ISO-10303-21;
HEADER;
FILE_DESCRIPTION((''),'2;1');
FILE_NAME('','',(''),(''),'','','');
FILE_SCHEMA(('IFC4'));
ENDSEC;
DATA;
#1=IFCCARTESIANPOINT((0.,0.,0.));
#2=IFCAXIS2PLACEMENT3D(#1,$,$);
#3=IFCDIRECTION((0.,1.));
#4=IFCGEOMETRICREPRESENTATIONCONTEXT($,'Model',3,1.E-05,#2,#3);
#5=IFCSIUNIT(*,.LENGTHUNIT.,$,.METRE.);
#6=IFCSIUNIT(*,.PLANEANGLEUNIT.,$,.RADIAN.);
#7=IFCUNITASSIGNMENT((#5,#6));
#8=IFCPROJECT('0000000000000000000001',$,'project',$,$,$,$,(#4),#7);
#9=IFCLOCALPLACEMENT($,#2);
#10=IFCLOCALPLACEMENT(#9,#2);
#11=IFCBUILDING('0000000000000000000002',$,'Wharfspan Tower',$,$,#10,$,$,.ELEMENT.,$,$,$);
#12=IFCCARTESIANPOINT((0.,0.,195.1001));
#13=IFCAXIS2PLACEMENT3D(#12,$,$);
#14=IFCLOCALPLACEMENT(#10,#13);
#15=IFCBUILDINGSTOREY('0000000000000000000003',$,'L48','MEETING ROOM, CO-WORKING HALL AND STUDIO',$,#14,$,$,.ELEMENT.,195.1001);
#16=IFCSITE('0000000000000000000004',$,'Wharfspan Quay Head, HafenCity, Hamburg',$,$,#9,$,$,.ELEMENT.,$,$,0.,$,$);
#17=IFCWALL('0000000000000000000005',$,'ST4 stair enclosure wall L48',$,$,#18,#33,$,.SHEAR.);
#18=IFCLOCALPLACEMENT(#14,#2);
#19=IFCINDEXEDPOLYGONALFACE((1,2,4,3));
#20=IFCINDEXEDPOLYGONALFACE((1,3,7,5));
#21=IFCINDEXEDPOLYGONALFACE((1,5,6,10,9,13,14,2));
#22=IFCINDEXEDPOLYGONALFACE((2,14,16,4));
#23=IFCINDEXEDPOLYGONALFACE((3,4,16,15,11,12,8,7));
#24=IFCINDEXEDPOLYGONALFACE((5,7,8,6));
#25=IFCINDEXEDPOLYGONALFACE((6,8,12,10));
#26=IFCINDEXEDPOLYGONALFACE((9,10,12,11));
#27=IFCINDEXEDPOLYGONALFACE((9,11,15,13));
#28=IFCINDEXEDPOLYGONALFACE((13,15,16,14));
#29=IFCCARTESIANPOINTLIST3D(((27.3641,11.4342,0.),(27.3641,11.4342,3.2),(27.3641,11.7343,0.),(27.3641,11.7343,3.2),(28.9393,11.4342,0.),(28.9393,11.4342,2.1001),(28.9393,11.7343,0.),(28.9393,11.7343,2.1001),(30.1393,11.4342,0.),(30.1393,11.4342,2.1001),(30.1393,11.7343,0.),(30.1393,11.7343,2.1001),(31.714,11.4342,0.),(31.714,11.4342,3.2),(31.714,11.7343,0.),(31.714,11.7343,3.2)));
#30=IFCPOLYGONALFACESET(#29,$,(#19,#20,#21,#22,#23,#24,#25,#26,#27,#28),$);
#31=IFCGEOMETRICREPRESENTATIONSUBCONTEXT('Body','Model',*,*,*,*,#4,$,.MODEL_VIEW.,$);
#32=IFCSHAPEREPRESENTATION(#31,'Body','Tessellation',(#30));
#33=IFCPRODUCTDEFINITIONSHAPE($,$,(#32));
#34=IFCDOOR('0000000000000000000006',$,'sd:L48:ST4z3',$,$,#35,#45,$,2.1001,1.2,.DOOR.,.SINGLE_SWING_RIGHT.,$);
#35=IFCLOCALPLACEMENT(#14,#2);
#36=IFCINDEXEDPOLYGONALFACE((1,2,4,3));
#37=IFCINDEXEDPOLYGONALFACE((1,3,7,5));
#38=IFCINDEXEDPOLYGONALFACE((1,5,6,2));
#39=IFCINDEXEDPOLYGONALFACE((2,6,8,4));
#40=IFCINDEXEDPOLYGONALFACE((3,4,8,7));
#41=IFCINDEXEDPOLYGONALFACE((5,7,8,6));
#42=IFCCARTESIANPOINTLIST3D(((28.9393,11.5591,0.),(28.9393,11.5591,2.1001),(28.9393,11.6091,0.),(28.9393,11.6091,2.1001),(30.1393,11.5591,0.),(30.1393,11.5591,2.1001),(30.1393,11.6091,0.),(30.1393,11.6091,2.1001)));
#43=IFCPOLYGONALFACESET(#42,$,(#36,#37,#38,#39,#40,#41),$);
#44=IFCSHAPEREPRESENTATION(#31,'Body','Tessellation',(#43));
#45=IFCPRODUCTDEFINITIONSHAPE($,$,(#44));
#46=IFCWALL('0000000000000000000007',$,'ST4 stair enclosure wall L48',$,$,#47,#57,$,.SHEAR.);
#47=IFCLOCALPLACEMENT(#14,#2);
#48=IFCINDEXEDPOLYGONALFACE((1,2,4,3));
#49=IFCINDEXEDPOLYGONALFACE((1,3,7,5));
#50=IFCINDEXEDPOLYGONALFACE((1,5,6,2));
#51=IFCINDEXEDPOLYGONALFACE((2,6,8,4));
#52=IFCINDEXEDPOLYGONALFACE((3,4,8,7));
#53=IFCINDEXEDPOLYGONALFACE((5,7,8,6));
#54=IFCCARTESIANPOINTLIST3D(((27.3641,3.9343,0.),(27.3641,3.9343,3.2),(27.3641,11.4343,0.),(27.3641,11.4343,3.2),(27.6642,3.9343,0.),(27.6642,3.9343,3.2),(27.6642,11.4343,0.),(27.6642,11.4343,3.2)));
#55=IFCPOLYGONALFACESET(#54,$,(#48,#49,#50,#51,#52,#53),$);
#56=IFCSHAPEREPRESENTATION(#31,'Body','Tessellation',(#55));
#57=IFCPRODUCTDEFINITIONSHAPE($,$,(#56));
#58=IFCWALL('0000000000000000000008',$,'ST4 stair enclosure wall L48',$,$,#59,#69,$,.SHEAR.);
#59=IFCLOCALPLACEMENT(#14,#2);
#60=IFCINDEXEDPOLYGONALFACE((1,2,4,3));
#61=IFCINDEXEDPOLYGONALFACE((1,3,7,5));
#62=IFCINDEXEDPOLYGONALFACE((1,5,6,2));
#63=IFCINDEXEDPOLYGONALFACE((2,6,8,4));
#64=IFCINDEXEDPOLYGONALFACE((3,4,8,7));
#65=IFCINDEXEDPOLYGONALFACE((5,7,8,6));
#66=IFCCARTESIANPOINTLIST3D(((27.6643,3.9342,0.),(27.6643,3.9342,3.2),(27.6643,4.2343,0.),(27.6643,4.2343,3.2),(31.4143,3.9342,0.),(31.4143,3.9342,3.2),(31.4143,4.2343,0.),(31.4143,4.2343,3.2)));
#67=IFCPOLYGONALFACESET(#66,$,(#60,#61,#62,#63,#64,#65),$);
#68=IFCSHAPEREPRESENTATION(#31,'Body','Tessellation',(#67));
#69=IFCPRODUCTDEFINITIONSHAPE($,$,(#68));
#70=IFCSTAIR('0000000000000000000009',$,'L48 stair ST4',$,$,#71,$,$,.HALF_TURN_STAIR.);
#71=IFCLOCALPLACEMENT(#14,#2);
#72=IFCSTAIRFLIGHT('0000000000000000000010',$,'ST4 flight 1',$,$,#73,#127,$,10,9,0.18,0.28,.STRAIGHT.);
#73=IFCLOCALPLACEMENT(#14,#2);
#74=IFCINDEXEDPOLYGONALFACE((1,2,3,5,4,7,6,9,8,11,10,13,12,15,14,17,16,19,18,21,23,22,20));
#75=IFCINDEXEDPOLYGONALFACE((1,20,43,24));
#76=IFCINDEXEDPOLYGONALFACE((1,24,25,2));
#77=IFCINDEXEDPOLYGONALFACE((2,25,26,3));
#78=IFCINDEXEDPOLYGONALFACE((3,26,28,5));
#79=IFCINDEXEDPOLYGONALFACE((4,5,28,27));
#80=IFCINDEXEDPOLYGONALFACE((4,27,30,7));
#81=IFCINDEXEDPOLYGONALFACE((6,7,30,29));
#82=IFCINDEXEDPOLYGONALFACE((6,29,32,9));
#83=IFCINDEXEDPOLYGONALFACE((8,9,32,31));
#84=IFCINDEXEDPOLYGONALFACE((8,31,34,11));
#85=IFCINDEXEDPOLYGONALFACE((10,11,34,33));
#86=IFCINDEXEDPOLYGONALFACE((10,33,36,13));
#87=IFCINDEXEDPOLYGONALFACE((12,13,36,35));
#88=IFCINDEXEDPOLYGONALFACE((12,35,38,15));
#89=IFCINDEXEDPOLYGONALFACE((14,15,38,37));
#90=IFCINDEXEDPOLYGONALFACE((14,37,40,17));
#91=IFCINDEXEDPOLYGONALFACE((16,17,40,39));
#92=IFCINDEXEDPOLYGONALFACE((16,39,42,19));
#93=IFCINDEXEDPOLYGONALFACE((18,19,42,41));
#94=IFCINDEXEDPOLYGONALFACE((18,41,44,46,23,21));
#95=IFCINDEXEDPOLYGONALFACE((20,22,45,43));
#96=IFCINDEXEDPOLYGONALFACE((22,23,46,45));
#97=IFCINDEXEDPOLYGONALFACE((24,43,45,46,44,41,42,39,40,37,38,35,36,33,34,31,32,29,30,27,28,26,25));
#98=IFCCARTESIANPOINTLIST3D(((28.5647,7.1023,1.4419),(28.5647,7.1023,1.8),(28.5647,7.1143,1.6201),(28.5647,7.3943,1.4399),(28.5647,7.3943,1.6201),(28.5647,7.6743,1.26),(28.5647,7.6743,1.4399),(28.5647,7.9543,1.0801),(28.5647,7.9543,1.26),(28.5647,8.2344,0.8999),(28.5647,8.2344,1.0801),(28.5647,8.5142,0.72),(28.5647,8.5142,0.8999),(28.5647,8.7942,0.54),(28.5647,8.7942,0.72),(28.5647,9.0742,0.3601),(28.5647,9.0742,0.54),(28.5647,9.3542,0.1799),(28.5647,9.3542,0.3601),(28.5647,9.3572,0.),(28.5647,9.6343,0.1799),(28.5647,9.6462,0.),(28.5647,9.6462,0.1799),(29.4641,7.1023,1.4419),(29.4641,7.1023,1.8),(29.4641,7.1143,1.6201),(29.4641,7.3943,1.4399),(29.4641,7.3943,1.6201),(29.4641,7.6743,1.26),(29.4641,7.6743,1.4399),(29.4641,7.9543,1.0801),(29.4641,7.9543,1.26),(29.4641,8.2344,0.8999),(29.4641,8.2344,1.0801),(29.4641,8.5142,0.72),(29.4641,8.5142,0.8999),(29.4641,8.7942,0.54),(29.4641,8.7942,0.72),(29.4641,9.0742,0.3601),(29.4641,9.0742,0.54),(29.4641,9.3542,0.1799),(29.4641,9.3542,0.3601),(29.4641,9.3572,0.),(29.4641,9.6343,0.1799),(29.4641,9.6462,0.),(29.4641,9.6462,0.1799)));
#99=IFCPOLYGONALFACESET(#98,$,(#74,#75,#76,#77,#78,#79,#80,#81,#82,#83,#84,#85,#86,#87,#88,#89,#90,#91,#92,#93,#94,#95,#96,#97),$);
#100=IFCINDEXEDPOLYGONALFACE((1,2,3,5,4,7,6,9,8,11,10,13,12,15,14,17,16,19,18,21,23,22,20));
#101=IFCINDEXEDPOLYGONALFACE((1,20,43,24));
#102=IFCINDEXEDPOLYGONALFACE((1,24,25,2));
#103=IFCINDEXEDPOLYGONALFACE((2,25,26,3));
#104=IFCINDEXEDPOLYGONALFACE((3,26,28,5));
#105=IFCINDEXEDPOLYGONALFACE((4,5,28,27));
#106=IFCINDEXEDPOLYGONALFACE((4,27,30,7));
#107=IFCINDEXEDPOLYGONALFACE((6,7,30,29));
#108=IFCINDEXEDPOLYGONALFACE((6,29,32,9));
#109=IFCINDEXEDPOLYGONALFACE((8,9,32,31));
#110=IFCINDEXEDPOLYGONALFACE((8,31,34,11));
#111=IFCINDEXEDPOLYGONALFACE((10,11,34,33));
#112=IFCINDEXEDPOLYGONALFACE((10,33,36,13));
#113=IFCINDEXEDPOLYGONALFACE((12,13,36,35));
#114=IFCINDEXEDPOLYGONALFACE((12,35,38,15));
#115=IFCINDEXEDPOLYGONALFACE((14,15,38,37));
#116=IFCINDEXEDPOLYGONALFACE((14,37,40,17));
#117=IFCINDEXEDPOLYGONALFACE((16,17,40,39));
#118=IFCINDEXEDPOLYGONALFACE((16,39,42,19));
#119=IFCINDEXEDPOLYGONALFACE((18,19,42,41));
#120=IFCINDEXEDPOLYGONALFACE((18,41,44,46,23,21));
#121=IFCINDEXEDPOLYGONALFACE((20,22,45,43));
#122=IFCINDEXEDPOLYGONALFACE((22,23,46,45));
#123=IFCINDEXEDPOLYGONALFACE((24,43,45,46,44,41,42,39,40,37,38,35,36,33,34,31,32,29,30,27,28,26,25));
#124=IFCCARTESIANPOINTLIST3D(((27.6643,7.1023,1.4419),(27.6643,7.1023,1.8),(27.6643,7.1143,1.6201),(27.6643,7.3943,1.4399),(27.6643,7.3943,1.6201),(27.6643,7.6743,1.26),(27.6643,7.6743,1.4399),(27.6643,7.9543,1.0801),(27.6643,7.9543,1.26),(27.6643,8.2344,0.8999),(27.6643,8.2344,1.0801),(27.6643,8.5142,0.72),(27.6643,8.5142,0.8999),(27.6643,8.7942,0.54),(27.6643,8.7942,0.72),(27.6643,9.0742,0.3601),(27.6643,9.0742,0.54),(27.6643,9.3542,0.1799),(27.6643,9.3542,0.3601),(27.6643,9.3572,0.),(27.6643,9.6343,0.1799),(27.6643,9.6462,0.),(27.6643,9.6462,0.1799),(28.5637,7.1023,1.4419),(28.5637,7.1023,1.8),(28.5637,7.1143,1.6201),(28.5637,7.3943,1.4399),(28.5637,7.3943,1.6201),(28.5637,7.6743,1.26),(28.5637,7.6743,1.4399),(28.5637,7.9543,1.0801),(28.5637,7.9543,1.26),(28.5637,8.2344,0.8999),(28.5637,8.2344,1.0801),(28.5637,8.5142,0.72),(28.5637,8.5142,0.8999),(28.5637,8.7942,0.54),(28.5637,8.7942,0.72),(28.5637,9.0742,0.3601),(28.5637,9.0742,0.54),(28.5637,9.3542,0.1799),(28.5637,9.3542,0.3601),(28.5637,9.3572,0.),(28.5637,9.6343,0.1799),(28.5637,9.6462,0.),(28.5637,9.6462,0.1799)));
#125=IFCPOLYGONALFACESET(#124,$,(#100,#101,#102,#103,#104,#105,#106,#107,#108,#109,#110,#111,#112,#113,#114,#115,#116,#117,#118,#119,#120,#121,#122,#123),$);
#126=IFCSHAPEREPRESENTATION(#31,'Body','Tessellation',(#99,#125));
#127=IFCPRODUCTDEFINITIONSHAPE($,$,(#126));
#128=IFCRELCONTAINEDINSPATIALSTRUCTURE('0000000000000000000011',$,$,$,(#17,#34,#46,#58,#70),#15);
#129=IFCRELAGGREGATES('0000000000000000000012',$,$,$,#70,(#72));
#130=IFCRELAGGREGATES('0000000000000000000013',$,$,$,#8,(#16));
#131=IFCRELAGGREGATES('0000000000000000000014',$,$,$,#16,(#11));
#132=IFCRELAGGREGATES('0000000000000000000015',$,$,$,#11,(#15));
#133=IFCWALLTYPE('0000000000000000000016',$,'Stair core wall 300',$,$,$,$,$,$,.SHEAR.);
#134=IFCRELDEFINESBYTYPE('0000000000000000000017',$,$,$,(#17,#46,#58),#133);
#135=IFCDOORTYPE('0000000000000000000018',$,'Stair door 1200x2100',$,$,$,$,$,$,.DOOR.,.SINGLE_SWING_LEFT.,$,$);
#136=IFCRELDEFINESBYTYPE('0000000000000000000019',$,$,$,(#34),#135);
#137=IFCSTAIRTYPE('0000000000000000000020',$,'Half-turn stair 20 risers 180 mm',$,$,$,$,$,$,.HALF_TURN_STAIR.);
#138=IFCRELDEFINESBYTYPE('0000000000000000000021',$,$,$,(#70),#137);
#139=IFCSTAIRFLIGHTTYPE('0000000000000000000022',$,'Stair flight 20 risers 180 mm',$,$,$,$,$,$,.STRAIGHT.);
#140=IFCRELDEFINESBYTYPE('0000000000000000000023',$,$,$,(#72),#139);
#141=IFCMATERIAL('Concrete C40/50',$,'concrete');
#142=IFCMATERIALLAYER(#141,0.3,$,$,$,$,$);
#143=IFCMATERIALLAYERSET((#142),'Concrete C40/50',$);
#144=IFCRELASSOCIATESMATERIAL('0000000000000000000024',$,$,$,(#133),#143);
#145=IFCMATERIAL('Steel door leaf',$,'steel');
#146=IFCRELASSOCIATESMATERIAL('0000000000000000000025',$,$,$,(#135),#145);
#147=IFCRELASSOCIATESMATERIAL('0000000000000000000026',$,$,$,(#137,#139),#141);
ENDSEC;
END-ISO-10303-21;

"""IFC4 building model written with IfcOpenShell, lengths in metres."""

from ifc_helpers import new_model, si_unit, direction, frame, frame_2d, origin, place, context, subcontext, project, spatial, polyline, rectangle, outline, extrude, material, layer, layer_set, type_object, element, fill, aggregate, save


model = new_model("IFC4")

# Units and contexts
model_context = context("Model", 3, precision=1e-05, world=origin(), true_north=direction((0.0, 1.0)))
body_context = subcontext(model_context, "Body", "Model", "MODEL_VIEW")
ifc_project = project(units=[si_unit("LENGTHUNIT", "METRE"), si_unit("PLANEANGLEUNIT", "RADIAN")], contexts=[model_context])

# Site, building, storey
site_placement = place(None, origin())
site = spatial("IfcSite", under=ifc_project, at=site_placement, Name="Wharfspan Quay Head, HafenCity, Hamburg", CompositionType="ELEMENT", RefElevation=0.0)
building_placement = place(site_placement, origin())
building = spatial("IfcBuilding", under=site, at=building_placement, Name="Wharfspan Tower", CompositionType="ELEMENT")
storey_placement = place(building_placement, frame((0.0, 0.0, 195.1001)))
storey = spatial("IfcBuildingStorey", under=building, at=storey_placement, Name="L48", Description="MEETING ROOM, CO-WORKING HALL AND STUDIO", CompositionType="ELEMENT", Elevation=195.1001)

# Wall, opening, door
ifc_material_1 = material(Name="Concrete C40/50", Category="concrete")
ifc_layer_1 = layer(ifc_material_1, 0.3)
ifc_layer_set_1 = layer_set([ifc_layer_1], Name="Concrete C40/50")
wall_type_1 = type_object("IfcWallType", Name="Stair core wall 300", PredefinedType="SHEAR", material=ifc_layer_set_1)
wall_1_placement = place(storey_placement, frame((27.3643, 11.5842, 0.0), z_axis=(0.0, 0.0, 1.0), x_axis=(1.0, 0.0, 0.0)))
wall_1 = element("IfcWall", 1, at=wall_1_placement, inside=storey, type_object=wall_type_1, Name="ST4 stair enclosure wall L48", PredefinedType="SHEAR", context=body_context, shape_type="SweptSolid", body=[
    extrude(rectangle(XDim=4.3499, YDim=0.3, at=frame_2d((2.1748, 0.0))), origin(), (0.0, 0.0, 1.0), 3.2),
])
opening_1_placement = place(wall_1_placement, frame((1.575, 0.0, 0.0)))
opening_1 = element("IfcOpeningElement", 2, at=opening_1_placement, cuts=wall_1, PredefinedType="OPENING", context=body_context, shape_type="SweptSolid", body=[
    extrude(rectangle(XDim=1.2, YDim=2.1001, at=frame_2d((0.6001, 1.05))), frame((0.0, 0.1599, 0.0), z_axis=(0.0, -1.0, 0.0), x_axis=(1.0, 0.0, 0.0)), (0.0, 0.0, 1.0), 0.3201),
])
ifc_material_2 = material(Name="Steel door leaf", Category="steel")
door_type_1 = type_object("IfcDoorType", Name="Stair door 1200x2100", OperationType="SINGLE_SWING_LEFT", PredefinedType="DOOR", material=ifc_material_2)
door_1_placement = place(opening_1_placement, origin())
door_1 = element("IfcDoor", 3, at=door_1_placement, inside=storey, type_object=door_type_1, Name="sd:L48:ST4z3", OperationType="SINGLE_SWING_RIGHT", OverallHeight=2.1001, OverallWidth=1.2, PredefinedType="DOOR", context=body_context, shape_type="SweptSolid", body=[
    extrude(rectangle(XDim=1.2, YDim=2.1001, at=frame_2d((0.6001, 1.05))), frame((0.0, 0.0249, 0.0), z_axis=(0.0, -1.0, 0.0), x_axis=(1.0, 0.0, 0.0)), (0.0, 0.0, 1.0), 0.05),
])
fill(opening_1, door_1)

# Walls
wall_2_placement = place(storey_placement, frame((27.5142, 3.9343, 0.0), z_axis=(0.0, 0.0, 1.0), x_axis=(0.0, 1.0, 0.0)))
element("IfcWall", 4, at=wall_2_placement, inside=storey, type_object=wall_type_1, Name="ST4 stair enclosure wall L48", PredefinedType="SHEAR", context=body_context, shape_type="SweptSolid", body=[
    extrude(rectangle(XDim=7.5, YDim=0.3, at=frame_2d((3.75, 0.0))), origin(), (0.0, 0.0, 1.0), 3.2),
])
wall_3_placement = place(storey_placement, frame((27.6643, 4.0842, 0.0), z_axis=(0.0, 0.0, 1.0), x_axis=(1.0, 0.0, 0.0)))
element("IfcWall", 5, at=wall_3_placement, inside=storey, type_object=wall_type_1, Name="ST4 stair enclosure wall L48", PredefinedType="SHEAR", context=body_context, shape_type="SweptSolid", body=[
    extrude(rectangle(XDim=3.75, YDim=0.3, at=frame_2d((1.875, 0.0))), origin(), (0.0, 0.0, 1.0), 3.2),
])

# Stair, stair flight
stair_type = type_object("IfcStairType", Name="Half-turn stair 20 risers 180 mm", PredefinedType="HALF_TURN_STAIR", material=ifc_material_1)
stair_placement = place(storey_placement, origin())
stair = element("IfcStair", 6, at=stair_placement, inside=storey, type_object=stair_type, Name="L48 stair ST4", PredefinedType="HALF_TURN_STAIR")
stair_flight_type = type_object("IfcStairFlightType", Name="Stair flight 20 risers 180 mm", PredefinedType="STRAIGHT", material=ifc_material_1)
stair_flight_placement = place(storey_placement, frame((28.5642, 9.6343, 0.0), z_axis=(0.0, 0.0, 1.0), x_axis=(0.0, -1.0, 0.0)))
stair_flight = element("IfcStairFlight", 7, at=stair_flight_placement, type_object=stair_flight_type, Name="ST4 flight 1", NumberOfRisers=10, NumberOfTreads=9, PredefinedType="STRAIGHT", RiserHeight=0.18, TreadLength=0.28, context=body_context, shape_type="SweptSolid", body=[
    extrude(outline(polyline([(-0.012, 0.0), (-0.012, 0.1799), (0.0, 0.1799), (0.28, 0.1799), (0.28, 0.3601), (0.5601, 0.3601), (0.5601, 0.54), (0.8401, 0.54), (0.8401, 0.72), (1.1201, 0.72), (1.1201, 0.8999), (1.3999, 0.8999), (1.3999, 1.0801), (1.6799, 1.0801), (1.6799, 1.26), (1.96, 1.26), (1.96, 1.4399), (2.24, 1.4399), (2.24, 1.6201), (2.52, 1.6201), (2.532, 1.8), (2.532, 1.4419), (0.2771, 0.0), (-0.012, 0.0)])), frame((0.0, 0.8999, 0.0), z_axis=(0.0, -1.0, 0.0), x_axis=(1.0, 0.0, 0.0)), (0.0, 0.0, 1.0), 0.8994),
    extrude(outline(polyline([(-0.012, 0.0), (-0.012, 0.1799), (0.0, 0.1799), (0.28, 0.1799), (0.28, 0.3601), (0.5601, 0.3601), (0.5601, 0.54), (0.8401, 0.54), (0.8401, 0.72), (1.1201, 0.72), (1.1201, 0.8999), (1.3999, 0.8999), (1.3999, 1.0801), (1.6799, 1.0801), (1.6799, 1.26), (1.96, 1.26), (1.96, 1.4399), (2.24, 1.4399), (2.24, 1.6201), (2.52, 1.6201), (2.532, 1.8), (2.532, 1.4419), (0.2771, 0.0), (-0.012, 0.0)])), frame((0.0, -0.0005, 0.0), z_axis=(0.0, -1.0, 0.0), x_axis=(1.0, 0.0, 0.0)), (0.0, 0.0, 1.0), 0.8994),
])
aggregate(stair, [stair_flight])

save(model, "model.ifc")
